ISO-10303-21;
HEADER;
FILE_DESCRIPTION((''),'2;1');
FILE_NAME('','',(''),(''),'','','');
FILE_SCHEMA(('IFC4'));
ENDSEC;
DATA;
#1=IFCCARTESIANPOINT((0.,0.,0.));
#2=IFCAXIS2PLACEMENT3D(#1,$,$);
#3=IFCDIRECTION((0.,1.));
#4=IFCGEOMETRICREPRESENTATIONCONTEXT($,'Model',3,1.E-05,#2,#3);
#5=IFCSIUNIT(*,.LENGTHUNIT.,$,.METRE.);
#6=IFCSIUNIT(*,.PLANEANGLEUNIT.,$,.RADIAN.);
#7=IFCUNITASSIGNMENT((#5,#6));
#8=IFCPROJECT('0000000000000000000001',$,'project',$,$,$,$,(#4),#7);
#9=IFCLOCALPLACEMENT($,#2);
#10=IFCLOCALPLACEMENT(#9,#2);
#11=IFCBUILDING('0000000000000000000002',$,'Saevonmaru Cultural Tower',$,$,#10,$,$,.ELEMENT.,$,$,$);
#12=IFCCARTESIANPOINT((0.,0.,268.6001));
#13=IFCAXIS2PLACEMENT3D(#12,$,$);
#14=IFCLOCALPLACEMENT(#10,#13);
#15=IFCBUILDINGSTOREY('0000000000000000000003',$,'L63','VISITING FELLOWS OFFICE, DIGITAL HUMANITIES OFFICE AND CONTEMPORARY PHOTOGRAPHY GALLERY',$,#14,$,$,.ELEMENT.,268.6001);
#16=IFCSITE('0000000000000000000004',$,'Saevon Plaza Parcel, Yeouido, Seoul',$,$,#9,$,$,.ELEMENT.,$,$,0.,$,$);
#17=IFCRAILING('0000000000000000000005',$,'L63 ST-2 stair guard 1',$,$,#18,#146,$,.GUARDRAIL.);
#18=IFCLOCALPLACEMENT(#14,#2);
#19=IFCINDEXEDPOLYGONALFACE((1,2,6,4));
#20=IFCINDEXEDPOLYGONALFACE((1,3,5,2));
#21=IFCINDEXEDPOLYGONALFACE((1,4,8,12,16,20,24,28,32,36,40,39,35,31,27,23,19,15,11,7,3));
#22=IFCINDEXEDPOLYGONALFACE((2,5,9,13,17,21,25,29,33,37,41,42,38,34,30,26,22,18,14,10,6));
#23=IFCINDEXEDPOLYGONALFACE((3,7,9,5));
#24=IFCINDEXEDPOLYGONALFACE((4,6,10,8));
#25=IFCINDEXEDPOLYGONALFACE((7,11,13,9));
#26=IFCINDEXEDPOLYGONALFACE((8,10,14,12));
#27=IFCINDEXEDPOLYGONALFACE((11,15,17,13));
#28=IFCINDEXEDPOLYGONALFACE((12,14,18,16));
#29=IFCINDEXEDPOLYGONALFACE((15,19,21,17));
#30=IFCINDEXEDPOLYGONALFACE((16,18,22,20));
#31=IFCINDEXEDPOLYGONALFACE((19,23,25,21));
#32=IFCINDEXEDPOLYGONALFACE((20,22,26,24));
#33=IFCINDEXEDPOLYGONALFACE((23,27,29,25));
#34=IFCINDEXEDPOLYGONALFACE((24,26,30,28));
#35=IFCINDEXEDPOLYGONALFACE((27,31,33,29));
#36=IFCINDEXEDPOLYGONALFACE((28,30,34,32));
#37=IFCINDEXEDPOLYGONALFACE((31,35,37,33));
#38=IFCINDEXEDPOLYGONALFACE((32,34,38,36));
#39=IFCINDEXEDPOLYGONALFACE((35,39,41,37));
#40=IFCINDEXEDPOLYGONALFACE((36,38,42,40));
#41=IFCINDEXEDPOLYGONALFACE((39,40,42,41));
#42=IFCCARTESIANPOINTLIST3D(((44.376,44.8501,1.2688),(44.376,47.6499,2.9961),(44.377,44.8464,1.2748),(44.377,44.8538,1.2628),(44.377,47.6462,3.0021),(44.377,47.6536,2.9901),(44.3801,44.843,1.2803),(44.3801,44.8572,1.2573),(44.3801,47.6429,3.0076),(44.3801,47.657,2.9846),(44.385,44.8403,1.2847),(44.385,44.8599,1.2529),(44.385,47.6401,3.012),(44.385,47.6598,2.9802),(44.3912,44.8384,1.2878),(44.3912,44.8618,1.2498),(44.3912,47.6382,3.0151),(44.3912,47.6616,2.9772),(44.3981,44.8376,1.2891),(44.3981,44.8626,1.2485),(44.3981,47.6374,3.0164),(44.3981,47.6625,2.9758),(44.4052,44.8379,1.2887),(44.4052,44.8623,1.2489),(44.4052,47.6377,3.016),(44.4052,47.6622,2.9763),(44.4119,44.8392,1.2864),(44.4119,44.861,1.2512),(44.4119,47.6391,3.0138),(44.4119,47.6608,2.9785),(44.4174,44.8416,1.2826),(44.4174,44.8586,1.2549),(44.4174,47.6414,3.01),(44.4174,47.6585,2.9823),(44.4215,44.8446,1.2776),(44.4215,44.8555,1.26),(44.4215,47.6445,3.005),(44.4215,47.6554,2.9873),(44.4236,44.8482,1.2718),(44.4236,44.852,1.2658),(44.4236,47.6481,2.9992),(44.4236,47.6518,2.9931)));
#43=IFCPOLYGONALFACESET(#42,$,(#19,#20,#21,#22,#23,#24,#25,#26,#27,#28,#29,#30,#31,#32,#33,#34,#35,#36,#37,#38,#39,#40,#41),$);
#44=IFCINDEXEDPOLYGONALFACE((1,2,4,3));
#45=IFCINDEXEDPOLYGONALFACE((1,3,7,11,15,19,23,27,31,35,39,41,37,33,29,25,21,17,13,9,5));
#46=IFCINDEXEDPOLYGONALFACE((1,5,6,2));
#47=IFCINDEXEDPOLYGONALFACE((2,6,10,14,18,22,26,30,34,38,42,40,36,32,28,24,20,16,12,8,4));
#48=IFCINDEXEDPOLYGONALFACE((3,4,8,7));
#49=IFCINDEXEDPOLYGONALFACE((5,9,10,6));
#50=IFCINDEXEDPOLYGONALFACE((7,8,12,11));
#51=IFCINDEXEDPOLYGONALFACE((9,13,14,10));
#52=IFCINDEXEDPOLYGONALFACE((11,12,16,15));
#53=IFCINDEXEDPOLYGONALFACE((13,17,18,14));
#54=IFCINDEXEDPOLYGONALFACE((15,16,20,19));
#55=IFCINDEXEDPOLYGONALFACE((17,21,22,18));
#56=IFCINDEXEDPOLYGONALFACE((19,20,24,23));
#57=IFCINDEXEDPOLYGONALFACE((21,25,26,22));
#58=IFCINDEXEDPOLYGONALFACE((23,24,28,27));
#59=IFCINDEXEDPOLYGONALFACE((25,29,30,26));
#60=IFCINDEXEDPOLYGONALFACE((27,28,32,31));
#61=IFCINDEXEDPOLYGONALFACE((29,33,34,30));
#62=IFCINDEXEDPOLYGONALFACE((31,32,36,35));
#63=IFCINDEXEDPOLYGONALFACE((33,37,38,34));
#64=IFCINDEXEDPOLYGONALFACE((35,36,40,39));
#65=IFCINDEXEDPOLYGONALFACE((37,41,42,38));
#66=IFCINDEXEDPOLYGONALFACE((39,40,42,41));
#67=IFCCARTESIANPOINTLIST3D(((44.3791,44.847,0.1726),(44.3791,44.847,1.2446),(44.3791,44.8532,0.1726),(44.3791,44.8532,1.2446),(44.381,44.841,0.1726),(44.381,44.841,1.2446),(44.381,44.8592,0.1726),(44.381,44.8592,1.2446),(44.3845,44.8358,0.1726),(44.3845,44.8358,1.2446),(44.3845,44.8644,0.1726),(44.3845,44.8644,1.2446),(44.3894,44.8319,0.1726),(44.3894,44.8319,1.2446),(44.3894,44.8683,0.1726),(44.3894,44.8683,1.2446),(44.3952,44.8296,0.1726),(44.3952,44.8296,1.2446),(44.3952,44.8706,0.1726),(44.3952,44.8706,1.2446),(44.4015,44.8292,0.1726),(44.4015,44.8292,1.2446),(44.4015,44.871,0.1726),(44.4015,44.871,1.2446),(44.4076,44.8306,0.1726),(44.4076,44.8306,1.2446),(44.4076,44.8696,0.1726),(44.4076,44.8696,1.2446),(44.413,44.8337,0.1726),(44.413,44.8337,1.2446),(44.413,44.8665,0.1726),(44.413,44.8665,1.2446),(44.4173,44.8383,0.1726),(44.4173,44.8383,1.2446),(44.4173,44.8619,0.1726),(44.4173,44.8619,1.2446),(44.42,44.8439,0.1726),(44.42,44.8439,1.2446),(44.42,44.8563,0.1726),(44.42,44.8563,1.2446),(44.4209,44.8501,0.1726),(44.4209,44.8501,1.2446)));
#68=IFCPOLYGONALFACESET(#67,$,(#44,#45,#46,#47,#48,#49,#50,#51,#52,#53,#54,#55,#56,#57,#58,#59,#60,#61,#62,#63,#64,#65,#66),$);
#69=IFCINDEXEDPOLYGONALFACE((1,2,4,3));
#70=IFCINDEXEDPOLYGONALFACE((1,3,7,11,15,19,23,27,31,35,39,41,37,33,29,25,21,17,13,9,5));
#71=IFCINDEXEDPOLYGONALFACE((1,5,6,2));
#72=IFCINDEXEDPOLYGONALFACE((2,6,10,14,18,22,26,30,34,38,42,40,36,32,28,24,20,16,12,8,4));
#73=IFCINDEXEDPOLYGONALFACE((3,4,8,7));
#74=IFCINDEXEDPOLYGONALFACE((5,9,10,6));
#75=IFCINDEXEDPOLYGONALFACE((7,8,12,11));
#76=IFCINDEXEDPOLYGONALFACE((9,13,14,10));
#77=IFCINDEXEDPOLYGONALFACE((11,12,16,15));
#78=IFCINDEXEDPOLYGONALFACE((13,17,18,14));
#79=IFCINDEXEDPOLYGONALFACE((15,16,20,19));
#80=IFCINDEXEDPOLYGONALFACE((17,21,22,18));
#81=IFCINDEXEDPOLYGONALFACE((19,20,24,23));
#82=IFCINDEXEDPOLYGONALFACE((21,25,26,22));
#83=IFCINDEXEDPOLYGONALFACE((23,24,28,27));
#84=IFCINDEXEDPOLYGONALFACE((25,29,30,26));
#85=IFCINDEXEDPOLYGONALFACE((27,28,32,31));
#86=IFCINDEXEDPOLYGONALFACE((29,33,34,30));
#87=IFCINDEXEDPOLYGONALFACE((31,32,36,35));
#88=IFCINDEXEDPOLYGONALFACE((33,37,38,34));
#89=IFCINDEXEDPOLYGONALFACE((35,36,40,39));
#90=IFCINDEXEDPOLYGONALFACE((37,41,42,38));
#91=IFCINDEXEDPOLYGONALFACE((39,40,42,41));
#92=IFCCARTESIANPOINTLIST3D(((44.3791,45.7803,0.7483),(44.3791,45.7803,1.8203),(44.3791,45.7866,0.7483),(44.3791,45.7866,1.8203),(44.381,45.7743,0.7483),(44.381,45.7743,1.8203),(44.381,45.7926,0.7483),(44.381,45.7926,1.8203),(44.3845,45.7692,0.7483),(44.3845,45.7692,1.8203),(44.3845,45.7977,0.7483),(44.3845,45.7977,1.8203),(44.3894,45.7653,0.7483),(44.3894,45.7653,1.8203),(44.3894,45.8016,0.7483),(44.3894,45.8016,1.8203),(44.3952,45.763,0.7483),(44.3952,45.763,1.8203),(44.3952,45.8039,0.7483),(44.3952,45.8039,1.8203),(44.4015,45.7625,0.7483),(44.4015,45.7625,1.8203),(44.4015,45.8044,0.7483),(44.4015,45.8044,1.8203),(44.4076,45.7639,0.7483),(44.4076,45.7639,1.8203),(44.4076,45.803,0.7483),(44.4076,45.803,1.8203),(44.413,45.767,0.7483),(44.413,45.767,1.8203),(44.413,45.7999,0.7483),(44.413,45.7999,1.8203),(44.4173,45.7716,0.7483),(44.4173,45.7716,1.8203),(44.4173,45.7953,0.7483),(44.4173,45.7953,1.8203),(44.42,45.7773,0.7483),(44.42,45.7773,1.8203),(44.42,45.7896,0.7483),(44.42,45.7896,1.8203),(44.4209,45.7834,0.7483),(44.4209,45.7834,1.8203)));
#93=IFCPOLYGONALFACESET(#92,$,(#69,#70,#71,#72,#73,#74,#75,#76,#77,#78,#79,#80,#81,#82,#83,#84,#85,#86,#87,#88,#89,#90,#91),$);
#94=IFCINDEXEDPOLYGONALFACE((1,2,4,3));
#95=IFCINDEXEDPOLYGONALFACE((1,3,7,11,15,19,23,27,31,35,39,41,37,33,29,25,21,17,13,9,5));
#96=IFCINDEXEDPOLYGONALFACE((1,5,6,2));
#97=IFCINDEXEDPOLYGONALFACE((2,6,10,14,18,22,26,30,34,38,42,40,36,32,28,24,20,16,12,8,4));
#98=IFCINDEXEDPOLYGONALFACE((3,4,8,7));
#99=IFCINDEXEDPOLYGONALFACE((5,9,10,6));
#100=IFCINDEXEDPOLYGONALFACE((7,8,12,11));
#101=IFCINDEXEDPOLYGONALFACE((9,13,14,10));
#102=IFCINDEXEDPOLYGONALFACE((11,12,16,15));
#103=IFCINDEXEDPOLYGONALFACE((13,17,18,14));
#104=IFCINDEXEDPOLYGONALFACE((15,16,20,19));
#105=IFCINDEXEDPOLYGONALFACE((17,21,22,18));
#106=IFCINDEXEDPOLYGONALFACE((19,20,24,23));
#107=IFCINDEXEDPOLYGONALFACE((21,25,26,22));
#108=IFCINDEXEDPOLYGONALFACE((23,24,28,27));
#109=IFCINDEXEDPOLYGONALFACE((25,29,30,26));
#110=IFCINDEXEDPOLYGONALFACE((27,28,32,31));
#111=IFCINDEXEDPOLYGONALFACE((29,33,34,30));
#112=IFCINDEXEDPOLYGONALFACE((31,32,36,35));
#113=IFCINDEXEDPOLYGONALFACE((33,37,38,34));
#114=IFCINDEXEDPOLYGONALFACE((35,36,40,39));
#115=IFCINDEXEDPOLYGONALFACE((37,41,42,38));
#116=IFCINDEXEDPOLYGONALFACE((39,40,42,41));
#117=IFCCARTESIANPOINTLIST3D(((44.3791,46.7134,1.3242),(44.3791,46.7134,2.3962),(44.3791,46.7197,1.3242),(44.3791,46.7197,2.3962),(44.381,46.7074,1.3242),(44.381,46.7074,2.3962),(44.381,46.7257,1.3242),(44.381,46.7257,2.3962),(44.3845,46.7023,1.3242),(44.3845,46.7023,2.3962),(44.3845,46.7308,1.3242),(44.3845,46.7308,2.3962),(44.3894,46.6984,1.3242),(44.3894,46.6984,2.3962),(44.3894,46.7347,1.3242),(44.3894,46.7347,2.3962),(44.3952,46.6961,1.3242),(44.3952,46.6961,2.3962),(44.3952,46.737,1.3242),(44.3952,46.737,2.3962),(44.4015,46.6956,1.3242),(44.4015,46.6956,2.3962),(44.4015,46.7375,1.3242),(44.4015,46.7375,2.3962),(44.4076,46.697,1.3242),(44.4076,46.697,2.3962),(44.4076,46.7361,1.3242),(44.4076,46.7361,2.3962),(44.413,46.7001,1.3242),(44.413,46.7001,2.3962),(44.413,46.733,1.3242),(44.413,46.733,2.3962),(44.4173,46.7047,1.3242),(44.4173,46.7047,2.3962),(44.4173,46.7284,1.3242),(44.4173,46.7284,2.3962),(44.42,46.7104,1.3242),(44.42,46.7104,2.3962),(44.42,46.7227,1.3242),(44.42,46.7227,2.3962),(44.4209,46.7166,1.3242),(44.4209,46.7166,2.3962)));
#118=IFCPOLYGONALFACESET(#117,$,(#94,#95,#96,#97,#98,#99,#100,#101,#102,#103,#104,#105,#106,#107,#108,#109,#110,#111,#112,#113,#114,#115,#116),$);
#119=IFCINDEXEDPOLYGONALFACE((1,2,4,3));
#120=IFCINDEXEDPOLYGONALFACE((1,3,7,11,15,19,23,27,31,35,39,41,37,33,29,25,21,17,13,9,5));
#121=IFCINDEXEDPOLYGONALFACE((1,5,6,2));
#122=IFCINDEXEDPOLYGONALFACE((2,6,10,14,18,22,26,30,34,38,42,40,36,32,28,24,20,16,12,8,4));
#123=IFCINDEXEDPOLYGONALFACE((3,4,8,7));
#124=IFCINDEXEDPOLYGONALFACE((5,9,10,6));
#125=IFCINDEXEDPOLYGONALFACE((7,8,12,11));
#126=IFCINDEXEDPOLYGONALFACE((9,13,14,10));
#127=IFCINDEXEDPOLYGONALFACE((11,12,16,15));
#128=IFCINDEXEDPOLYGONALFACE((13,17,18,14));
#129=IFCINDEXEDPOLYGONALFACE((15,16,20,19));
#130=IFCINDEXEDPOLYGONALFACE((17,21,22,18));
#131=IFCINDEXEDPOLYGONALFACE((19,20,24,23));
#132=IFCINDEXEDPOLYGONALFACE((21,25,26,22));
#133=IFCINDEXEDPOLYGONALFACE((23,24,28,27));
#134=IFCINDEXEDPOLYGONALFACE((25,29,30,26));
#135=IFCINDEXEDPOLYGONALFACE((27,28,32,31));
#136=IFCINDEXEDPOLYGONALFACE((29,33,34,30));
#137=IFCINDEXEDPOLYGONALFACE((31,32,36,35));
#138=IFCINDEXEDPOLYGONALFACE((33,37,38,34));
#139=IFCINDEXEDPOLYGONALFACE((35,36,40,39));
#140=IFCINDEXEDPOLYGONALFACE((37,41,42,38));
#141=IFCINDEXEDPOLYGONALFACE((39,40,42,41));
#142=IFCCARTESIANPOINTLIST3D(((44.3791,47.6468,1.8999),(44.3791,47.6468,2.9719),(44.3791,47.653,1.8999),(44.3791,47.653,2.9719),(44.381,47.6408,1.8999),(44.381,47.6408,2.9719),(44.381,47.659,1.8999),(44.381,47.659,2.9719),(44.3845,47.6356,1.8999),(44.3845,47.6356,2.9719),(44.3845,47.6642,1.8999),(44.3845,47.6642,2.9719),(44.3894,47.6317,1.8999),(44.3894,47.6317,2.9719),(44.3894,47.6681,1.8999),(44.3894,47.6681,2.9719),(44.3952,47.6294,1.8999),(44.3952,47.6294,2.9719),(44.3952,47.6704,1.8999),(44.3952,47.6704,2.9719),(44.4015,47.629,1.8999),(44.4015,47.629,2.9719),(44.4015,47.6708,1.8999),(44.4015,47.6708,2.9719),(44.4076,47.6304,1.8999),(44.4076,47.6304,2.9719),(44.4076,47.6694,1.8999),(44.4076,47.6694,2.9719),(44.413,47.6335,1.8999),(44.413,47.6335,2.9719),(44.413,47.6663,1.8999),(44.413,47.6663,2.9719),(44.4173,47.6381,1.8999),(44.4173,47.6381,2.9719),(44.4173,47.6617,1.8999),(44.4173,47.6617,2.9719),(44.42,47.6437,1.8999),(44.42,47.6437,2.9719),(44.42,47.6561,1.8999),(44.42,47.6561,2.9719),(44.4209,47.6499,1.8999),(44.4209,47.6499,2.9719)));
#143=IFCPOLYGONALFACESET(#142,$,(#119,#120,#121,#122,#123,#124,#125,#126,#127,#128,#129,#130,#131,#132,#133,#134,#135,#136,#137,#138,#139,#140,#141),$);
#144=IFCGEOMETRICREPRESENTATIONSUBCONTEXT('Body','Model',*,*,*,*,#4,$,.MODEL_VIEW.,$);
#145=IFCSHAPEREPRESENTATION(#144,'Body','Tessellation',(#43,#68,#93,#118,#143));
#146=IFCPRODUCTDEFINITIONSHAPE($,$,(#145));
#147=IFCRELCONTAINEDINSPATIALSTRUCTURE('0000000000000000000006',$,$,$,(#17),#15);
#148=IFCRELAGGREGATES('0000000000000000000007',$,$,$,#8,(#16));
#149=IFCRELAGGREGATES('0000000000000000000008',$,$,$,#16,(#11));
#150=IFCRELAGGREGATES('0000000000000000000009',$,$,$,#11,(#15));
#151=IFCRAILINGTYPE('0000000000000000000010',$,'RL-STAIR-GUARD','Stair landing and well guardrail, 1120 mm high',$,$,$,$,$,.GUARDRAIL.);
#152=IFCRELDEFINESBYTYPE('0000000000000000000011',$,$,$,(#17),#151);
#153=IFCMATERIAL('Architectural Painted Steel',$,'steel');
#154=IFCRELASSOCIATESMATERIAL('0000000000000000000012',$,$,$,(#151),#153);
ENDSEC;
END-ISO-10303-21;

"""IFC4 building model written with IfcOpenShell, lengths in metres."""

from ifc_helpers import new_model, si_unit, direction, frame, origin, origin_2d, place, context, subcontext, project, spatial, circle, extrude, material, type_object, element, save


model = new_model("IFC4")

# Units and contexts
model_context = context("Model", 3, precision=1e-05, world=origin(), true_north=direction((0.0, 1.0)))
body_context = subcontext(model_context, "Body", "Model", "MODEL_VIEW")
ifc_project = project(units=[si_unit("LENGTHUNIT", "METRE"), si_unit("PLANEANGLEUNIT", "RADIAN")], contexts=[model_context])

# Site, building, storey
site_placement = place(None, origin())
site = spatial("IfcSite", under=ifc_project, at=site_placement, Name="Saevon Plaza Parcel, Yeouido, Seoul", CompositionType="ELEMENT", RefElevation=0.0)
building_placement = place(site_placement, origin())
building = spatial("IfcBuilding", under=site, at=building_placement, Name="Saevonmaru Cultural Tower", CompositionType="ELEMENT")
storey_placement = place(building_placement, frame((0.0, 0.0, 268.6001)))
storey = spatial("IfcBuildingStorey", under=building, at=storey_placement, Name="L63", Description="VISITING FELLOWS OFFICE, DIGITAL HUMANITIES OFFICE AND CONTEMPORARY PHOTOGRAPHY GALLERY", CompositionType="ELEMENT", Elevation=268.6001)

# Railing
ifc_material_1 = material(Name="Architectural Painted Steel", Category="steel")
railing_type_1 = type_object("IfcRailingType", Name="RL-STAIR-GUARD", Description="Stair landing and well guardrail, 1120 mm high", PredefinedType="GUARDRAIL", material=ifc_material_1)
railing_1_placement = place(storey_placement, frame((44.3999, 44.8501, 0.1726)))
element("IfcRailing", 1, at=railing_1_placement, inside=storey, type_object=railing_type_1, Name="L63 ST-2 stair guard 1", PredefinedType="GUARDRAIL", context=body_context, shape_type="SweptSolid", body=[
    extrude(circle(Radius=0.0239, at=origin_2d()), frame((0.0, 0.0, 1.0962), z_axis=(0.0, 0.851069, 0.525054), x_axis=(-1.0, 0.0, 0.0)), (0.0, 0.0, 1.0), 3.2898),
    extrude(circle(Radius=0.021, at=origin_2d()), origin(), (0.0, 0.0, 1.0), 1.072),
    extrude(circle(Radius=0.021, at=origin_2d()), frame((0.0, 0.9333, 0.5757)), (0.0, 0.0, 1.0), 1.072),
    extrude(circle(Radius=0.021, at=origin_2d()), frame((0.0, 1.8665, 1.1516)), (0.0, 0.0, 1.0), 1.072),
    extrude(circle(Radius=0.021, at=origin_2d()), frame((0.0, 2.7998, 1.7273)), (0.0, 0.0, 1.0), 1.072),
])

save(model, "model.ifc")
